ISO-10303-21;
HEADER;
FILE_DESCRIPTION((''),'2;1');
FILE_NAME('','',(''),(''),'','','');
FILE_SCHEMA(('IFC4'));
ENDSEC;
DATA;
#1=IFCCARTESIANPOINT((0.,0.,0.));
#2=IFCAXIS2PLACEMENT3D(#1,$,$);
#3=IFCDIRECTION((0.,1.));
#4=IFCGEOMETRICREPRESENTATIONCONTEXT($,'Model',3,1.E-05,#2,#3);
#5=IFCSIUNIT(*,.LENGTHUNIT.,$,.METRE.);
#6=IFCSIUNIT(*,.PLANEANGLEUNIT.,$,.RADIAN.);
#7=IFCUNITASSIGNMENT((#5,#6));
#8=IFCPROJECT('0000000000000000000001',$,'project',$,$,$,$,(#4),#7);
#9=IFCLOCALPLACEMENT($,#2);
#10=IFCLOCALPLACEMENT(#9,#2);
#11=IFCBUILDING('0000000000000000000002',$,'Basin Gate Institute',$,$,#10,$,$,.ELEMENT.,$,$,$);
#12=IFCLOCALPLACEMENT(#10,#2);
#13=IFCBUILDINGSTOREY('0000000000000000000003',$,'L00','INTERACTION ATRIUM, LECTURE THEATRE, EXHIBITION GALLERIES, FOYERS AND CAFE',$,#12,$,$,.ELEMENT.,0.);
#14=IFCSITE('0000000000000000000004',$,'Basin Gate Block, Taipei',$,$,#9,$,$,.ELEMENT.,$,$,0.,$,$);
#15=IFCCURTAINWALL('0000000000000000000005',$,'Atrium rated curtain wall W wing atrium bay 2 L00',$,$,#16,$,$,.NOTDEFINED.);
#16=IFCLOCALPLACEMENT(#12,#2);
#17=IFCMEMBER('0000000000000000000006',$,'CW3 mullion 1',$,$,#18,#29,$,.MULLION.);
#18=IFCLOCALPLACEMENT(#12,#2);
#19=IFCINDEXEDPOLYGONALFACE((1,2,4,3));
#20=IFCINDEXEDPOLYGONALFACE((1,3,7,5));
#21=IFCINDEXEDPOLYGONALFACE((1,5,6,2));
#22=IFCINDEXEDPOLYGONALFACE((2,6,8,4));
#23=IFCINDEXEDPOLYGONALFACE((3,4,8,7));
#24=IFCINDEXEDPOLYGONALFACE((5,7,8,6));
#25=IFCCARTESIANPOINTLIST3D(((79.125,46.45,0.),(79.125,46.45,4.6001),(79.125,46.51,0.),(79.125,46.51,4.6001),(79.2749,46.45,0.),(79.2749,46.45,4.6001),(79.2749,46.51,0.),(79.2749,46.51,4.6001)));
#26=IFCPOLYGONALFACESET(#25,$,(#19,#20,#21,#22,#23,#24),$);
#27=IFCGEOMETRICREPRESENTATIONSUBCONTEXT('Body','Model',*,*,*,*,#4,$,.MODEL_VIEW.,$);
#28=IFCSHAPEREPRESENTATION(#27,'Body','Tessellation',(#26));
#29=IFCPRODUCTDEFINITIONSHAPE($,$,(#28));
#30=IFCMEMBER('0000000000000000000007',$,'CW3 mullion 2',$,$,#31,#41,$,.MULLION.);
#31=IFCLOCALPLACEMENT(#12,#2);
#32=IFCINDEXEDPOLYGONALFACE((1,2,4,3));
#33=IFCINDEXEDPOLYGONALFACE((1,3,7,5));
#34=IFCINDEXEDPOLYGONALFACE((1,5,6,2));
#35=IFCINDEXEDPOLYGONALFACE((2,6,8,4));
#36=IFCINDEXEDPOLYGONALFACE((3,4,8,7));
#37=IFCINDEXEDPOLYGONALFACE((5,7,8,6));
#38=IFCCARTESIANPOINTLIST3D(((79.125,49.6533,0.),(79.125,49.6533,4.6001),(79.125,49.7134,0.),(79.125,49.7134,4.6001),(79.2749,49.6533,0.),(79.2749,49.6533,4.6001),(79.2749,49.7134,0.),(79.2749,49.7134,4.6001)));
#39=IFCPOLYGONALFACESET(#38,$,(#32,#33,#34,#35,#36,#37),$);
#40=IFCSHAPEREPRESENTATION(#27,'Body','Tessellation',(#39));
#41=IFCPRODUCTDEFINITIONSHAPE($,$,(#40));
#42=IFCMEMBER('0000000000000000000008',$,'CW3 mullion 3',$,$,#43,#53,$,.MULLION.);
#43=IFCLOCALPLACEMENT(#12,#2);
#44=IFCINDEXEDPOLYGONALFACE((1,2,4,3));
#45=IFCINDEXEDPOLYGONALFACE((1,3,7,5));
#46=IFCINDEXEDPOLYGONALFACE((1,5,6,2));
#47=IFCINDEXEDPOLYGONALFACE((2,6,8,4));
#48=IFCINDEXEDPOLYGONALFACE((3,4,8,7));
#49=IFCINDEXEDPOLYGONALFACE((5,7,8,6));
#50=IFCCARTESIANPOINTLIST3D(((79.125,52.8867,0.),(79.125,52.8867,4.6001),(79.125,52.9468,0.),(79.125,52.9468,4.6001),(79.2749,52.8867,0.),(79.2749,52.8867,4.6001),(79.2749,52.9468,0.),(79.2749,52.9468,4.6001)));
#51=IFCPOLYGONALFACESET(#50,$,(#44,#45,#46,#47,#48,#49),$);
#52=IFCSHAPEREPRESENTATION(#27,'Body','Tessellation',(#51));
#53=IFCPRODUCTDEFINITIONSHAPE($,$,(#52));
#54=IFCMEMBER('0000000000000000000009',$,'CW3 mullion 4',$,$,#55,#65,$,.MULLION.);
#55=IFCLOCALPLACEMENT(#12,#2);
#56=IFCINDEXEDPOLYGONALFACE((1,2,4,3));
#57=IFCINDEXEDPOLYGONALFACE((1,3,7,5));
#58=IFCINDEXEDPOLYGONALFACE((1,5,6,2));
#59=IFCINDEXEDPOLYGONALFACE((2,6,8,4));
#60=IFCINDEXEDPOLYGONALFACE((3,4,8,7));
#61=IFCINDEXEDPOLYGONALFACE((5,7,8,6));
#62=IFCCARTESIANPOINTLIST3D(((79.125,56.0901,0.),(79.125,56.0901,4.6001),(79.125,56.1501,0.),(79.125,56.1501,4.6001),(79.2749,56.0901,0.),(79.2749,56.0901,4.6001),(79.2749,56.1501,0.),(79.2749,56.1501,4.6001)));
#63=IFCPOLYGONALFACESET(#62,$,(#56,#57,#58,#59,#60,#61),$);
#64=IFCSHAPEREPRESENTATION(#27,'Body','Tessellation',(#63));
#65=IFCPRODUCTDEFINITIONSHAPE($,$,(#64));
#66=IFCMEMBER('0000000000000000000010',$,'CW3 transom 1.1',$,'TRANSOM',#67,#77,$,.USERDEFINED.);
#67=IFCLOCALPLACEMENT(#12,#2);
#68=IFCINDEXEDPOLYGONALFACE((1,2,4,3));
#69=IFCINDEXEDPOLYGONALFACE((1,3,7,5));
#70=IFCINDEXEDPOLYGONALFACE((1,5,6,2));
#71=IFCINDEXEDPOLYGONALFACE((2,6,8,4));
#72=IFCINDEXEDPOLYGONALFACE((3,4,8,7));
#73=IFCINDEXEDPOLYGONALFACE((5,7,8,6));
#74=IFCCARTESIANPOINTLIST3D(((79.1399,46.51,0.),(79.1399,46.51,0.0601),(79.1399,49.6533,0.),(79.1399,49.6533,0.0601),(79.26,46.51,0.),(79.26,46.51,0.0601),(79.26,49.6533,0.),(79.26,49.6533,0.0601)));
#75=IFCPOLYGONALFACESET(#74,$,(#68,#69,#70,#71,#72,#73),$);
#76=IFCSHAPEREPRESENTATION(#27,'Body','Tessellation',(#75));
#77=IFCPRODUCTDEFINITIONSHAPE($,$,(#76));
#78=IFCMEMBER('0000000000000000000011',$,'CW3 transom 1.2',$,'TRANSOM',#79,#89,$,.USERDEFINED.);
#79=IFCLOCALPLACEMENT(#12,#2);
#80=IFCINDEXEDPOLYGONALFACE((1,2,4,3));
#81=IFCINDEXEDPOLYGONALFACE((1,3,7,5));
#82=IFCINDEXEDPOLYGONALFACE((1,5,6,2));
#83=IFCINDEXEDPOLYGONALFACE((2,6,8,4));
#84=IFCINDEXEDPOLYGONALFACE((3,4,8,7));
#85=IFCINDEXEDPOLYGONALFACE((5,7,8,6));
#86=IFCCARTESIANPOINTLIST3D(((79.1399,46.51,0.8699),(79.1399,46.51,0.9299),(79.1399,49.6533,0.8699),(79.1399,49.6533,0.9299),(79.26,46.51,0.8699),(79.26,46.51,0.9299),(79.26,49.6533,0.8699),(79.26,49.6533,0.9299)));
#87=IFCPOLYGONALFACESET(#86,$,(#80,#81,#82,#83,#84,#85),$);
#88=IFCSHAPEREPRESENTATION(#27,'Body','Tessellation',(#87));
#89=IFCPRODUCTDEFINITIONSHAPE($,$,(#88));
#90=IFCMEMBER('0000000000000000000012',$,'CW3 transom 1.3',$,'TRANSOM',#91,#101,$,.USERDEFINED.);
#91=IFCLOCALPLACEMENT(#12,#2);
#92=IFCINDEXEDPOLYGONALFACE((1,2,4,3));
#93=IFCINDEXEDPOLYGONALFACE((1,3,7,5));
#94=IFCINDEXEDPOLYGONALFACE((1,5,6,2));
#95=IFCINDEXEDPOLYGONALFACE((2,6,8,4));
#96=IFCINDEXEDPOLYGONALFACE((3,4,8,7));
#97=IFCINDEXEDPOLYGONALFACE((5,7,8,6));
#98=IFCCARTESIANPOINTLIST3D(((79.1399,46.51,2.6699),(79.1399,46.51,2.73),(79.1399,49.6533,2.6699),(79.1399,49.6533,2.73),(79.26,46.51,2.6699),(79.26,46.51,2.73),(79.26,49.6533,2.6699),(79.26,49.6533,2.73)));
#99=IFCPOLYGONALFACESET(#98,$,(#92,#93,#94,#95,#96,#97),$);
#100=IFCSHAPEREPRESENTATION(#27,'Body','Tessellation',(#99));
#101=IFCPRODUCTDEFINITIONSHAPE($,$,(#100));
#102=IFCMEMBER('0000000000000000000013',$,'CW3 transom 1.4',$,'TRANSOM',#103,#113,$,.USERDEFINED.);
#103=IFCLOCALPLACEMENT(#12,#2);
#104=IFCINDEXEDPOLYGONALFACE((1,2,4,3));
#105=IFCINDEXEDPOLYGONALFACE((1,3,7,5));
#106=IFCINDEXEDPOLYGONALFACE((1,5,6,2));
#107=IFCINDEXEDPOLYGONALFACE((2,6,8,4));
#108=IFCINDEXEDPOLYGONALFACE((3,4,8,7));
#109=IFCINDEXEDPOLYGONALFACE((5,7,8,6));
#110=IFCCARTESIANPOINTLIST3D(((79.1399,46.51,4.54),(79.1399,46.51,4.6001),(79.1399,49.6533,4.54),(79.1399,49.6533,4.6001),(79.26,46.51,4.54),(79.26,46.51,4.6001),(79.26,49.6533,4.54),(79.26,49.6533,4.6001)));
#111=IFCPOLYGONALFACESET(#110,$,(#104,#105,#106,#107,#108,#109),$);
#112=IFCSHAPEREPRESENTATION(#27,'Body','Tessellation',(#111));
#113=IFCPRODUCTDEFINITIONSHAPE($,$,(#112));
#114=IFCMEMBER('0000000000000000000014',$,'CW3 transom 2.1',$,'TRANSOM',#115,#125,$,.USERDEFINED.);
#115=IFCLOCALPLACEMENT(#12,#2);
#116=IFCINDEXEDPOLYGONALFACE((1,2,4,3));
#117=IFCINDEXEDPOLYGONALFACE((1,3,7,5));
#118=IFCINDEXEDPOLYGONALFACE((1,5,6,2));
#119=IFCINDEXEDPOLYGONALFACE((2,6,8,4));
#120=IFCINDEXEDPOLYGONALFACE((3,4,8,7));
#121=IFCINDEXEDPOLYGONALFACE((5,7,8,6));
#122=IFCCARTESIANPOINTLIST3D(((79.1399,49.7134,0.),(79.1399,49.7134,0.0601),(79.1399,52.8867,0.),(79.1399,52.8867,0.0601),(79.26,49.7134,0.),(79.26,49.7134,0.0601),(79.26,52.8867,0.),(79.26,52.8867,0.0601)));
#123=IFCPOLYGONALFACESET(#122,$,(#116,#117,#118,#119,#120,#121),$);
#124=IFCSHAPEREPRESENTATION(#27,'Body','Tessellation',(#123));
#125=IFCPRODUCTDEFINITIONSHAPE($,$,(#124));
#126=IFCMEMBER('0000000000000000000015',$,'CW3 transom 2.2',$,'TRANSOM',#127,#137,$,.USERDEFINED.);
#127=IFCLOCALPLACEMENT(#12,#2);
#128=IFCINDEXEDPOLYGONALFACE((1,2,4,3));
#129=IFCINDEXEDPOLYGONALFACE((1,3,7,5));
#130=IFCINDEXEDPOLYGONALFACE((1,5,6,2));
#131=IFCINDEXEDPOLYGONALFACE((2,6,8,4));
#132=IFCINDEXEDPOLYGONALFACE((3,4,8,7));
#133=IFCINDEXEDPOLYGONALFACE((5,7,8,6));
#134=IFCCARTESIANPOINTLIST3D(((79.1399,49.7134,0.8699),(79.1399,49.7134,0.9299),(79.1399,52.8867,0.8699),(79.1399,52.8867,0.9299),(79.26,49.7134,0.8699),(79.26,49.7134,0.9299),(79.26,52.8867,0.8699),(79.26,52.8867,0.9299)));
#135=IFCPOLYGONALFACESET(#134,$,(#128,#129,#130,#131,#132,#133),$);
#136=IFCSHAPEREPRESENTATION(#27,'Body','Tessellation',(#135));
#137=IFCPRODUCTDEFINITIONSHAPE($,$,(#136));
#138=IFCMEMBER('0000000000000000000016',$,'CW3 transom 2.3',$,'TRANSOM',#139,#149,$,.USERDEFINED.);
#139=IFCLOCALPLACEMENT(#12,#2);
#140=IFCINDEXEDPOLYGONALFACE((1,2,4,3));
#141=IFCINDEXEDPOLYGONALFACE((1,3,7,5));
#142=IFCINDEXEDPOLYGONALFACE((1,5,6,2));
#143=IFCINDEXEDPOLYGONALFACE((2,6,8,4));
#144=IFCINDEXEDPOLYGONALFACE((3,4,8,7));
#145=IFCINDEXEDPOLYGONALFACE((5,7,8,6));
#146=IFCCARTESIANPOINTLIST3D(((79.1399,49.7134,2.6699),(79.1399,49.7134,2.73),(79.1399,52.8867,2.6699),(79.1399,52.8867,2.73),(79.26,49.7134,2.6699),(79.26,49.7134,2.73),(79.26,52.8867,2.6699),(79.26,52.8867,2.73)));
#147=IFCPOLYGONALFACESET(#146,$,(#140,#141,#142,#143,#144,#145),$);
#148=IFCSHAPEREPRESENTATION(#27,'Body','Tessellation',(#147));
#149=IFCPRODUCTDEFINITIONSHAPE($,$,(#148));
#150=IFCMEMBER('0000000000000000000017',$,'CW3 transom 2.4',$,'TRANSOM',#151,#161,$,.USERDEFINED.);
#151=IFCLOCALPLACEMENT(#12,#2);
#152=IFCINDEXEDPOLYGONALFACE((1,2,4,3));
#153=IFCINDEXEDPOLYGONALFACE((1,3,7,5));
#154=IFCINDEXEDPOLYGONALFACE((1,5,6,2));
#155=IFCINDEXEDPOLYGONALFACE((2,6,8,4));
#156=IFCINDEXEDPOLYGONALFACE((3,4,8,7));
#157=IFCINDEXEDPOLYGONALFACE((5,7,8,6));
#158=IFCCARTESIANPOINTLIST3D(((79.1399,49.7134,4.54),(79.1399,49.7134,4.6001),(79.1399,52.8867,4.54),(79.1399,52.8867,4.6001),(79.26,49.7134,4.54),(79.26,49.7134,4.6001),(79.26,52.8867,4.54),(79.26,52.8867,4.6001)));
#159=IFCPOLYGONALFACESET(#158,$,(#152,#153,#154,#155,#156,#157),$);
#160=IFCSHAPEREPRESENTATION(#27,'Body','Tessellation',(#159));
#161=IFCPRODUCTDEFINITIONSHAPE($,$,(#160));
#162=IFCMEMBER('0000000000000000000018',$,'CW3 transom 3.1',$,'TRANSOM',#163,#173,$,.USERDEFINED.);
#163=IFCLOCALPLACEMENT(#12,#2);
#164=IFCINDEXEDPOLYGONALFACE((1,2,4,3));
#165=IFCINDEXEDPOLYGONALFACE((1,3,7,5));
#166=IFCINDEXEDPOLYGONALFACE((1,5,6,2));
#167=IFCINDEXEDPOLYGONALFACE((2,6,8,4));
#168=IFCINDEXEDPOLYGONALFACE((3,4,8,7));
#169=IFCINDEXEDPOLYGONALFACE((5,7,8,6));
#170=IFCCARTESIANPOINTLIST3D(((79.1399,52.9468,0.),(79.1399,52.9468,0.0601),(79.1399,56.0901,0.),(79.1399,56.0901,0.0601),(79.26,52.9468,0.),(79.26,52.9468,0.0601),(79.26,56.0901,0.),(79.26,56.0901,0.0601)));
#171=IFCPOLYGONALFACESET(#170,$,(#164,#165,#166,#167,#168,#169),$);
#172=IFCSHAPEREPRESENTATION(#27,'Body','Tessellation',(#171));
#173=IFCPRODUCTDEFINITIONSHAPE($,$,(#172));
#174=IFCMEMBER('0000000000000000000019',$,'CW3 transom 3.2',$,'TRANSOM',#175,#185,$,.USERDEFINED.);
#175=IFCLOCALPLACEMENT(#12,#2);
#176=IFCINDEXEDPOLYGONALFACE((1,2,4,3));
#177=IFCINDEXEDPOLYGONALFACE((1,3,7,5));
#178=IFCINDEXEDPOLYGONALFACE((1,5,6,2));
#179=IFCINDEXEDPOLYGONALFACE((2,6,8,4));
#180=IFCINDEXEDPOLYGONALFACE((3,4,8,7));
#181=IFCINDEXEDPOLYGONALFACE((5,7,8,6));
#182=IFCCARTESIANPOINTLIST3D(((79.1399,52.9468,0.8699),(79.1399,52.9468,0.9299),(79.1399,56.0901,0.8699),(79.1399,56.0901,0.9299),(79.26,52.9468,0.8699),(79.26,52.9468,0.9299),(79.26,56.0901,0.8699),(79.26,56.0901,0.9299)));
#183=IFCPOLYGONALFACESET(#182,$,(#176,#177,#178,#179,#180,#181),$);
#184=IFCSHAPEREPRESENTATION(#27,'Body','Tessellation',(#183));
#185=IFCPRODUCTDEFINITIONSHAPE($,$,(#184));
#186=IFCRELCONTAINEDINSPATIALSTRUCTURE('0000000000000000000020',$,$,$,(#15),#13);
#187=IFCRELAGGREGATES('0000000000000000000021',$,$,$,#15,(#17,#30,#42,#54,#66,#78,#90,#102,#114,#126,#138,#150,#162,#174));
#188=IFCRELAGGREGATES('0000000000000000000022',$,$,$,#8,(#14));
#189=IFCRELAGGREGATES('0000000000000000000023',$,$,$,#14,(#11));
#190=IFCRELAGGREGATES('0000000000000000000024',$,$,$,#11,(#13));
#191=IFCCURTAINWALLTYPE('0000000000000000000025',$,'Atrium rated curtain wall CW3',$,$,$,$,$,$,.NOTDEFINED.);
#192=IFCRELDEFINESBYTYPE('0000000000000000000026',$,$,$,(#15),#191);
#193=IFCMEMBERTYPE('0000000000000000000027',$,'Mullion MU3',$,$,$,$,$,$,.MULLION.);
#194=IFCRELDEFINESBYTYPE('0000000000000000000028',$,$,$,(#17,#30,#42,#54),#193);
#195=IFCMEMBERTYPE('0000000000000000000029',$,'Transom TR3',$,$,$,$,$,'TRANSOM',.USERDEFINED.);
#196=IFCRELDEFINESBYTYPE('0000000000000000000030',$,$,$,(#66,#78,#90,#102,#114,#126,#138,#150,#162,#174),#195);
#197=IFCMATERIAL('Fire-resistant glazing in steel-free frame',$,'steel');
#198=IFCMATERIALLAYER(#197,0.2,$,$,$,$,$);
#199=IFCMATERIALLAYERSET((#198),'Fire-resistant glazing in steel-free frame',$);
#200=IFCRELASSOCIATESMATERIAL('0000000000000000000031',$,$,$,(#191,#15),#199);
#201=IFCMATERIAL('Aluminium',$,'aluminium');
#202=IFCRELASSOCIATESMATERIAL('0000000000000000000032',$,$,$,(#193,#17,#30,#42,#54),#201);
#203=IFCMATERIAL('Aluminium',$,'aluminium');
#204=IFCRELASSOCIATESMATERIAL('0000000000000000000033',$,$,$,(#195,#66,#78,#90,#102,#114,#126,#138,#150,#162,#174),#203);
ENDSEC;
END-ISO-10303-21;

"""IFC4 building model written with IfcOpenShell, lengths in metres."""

from ifc_helpers import new_model, si_unit, direction, frame, origin, origin_2d, place, context, subcontext, project, spatial, rectangle, extrude, material, layer, layer_set, material_profile, profile_set, type_object, element, aggregate, save


model = new_model("IFC4")

# Units and contexts
model_context = context("Model", 3, precision=1e-05, world=origin(), true_north=direction((0.0, 1.0)))
body_context = subcontext(model_context, "Body", "Model", "MODEL_VIEW")
ifc_project = project(units=[si_unit("LENGTHUNIT", "METRE"), si_unit("PLANEANGLEUNIT", "RADIAN")], contexts=[model_context])

# Site, building, storey
site_placement = place(None, origin())
site = spatial("IfcSite", under=ifc_project, at=site_placement, Name="Basin Gate Block, Taipei", CompositionType="ELEMENT", RefElevation=0.0)
building_placement = place(site_placement, origin())
building = spatial("IfcBuilding", under=site, at=building_placement, Name="Basin Gate Institute", CompositionType="ELEMENT")
storey_placement = place(building_placement, origin())
storey = spatial("IfcBuildingStorey", under=building, at=storey_placement, Name="L00", Description="INTERACTION ATRIUM, LECTURE THEATRE, EXHIBITION GALLERIES, FOYERS AND CAFE", CompositionType="ELEMENT", Elevation=0.0)

# Curtain wall, members
ifc_material_1 = material(Name="Fire-resistant glazing in steel-free frame", Category="steel")
ifc_layer_1 = layer(ifc_material_1, 0.2)
ifc_layer_set_1 = layer_set([ifc_layer_1], Name="Fire-resistant glazing in steel-free frame")
curtain_wall_type = type_object("IfcCurtainWallType", Name="Atrium rated curtain wall CW3", PredefinedType="NOTDEFINED", material=ifc_layer_set_1)
curtain_wall_placement = place(storey_placement, origin())
curtain_wall = element("IfcCurtainWall", 1, at=curtain_wall_placement, inside=storey, type_object=curtain_wall_type, material=ifc_layer_set_1, Name="Atrium rated curtain wall W wing atrium bay 2 L00", PredefinedType="NOTDEFINED")
ifc_material_2 = material(Name="Aluminium", Category="aluminium")
ifc_material_profile_1 = material_profile(ifc_material_2, rectangle(XDim=0.1499, YDim=0.0601, at=origin_2d()), Name="Mullion MU3 150 x 60")
ifc_profile_set_1 = profile_set([ifc_material_profile_1], Name="Aluminium")
member_type_1 = type_object("IfcMemberType", Name="Mullion MU3", PredefinedType="MULLION", material=ifc_profile_set_1)
member_1_placement = place(storey_placement, frame((79.2, 46.48, 0.0), z_axis=(0.0, 0.0, 1.0), x_axis=(-1.0, 0.0, 0.0)))
member_1 = element("IfcMember", 2, at=member_1_placement, type_object=member_type_1, material=ifc_profile_set_1, Name="CW3 mullion 1", PredefinedType="MULLION", context=body_context, shape_type="SweptSolid", body=[
    extrude(rectangle(XDim=0.1499, YDim=0.0601, at=origin_2d()), origin(), (0.0, 0.0, 1.0), 4.6001),
])
member_2_placement = place(storey_placement, frame((79.2, 49.6833, 0.0), z_axis=(0.0, 0.0, 1.0), x_axis=(-1.0, 0.0, 0.0)))
member_2 = element("IfcMember", 3, at=member_2_placement, type_object=member_type_1, material=ifc_profile_set_1, Name="CW3 mullion 2", PredefinedType="MULLION", context=body_context, shape_type="SweptSolid", body=[
    extrude(rectangle(XDim=0.1499, YDim=0.0601, at=origin_2d()), origin(), (0.0, 0.0, 1.0), 4.6001),
])
member_3_placement = place(storey_placement, frame((79.2, 52.9167, 0.0), z_axis=(0.0, 0.0, 1.0), x_axis=(-1.0, 0.0, 0.0)))
member_3 = element("IfcMember", 4, at=member_3_placement, type_object=member_type_1, material=ifc_profile_set_1, Name="CW3 mullion 3", PredefinedType="MULLION", context=body_context, shape_type="SweptSolid", body=[
    extrude(rectangle(XDim=0.1499, YDim=0.0601, at=origin_2d()), origin(), (0.0, 0.0, 1.0), 4.6001),
])
member_4_placement = place(storey_placement, frame((79.2, 56.1201, 0.0), z_axis=(0.0, 0.0, 1.0), x_axis=(-1.0, 0.0, 0.0)))
member_4 = element("IfcMember", 5, at=member_4_placement, type_object=member_type_1, material=ifc_profile_set_1, Name="CW3 mullion 4", PredefinedType="MULLION", context=body_context, shape_type="SweptSolid", body=[
    extrude(rectangle(XDim=0.1499, YDim=0.0601, at=origin_2d()), origin(), (0.0, 0.0, 1.0), 4.6001),
])
ifc_material_3 = material(Name="Aluminium", Category="aluminium")
ifc_material_profile_2 = material_profile(ifc_material_3, rectangle(XDim=0.1201, YDim=0.0601, at=origin_2d()), Name="Transom TR3 120 x 60")
ifc_profile_set_2 = profile_set([ifc_material_profile_2], Name="Aluminium")
member_type_2 = type_object("IfcMemberType", Name="Transom TR3", ElementType="TRANSOM", PredefinedType="USERDEFINED", material=ifc_profile_set_2)
member_5_placement = place(storey_placement, frame((79.2, 46.51, 0.03), z_axis=(0.0, 1.0, 0.0), x_axis=(-1.0, 0.0, 0.0)))
member_5 = element("IfcMember", 6, at=member_5_placement, type_object=member_type_2, material=ifc_profile_set_2, Name="CW3 transom 1.1", ObjectType="TRANSOM", PredefinedType="USERDEFINED", context=body_context, shape_type="SweptSolid", body=[
    extrude(rectangle(XDim=0.1201, YDim=0.0601, at=origin_2d()), origin(), (0.0, 0.0, 1.0), 3.1433),
])
member_6_placement = place(storey_placement, frame((79.2, 46.51, 0.8999), z_axis=(0.0, 1.0, 0.0), x_axis=(-1.0, 0.0, 0.0)))
member_6 = element("IfcMember", 7, at=member_6_placement, type_object=member_type_2, material=ifc_profile_set_2, Name="CW3 transom 1.2", ObjectType="TRANSOM", PredefinedType="USERDEFINED", context=body_context, shape_type="SweptSolid", body=[
    extrude(rectangle(XDim=0.1201, YDim=0.0601, at=origin_2d()), origin(), (0.0, 0.0, 1.0), 3.1433),
])
member_7_placement = place(storey_placement, frame((79.2, 46.51, 2.7), z_axis=(0.0, 1.0, 0.0), x_axis=(-1.0, 0.0, 0.0)))
member_7 = element("IfcMember", 8, at=member_7_placement, type_object=member_type_2, material=ifc_profile_set_2, Name="CW3 transom 1.3", ObjectType="TRANSOM", PredefinedType="USERDEFINED", context=body_context, shape_type="SweptSolid", body=[
    extrude(rectangle(XDim=0.1201, YDim=0.0601, at=origin_2d()), origin(), (0.0, 0.0, 1.0), 3.1433),
])
member_8_placement = place(storey_placement, frame((79.2, 46.51, 4.5701), z_axis=(0.0, 1.0, 0.0), x_axis=(-1.0, 0.0, 0.0)))
member_8 = element("IfcMember", 9, at=member_8_placement, type_object=member_type_2, material=ifc_profile_set_2, Name="CW3 transom 1.4", ObjectType="TRANSOM", PredefinedType="USERDEFINED", context=body_context, shape_type="SweptSolid", body=[
    extrude(rectangle(XDim=0.1201, YDim=0.0601, at=origin_2d()), origin(), (0.0, 0.0, 1.0), 3.1433),
])
member_9_placement = place(storey_placement, frame((79.2, 49.7134, 0.03), z_axis=(0.0, 1.0, 0.0), x_axis=(-1.0, 0.0, 0.0)))
member_9 = element("IfcMember", 10, at=member_9_placement, type_object=member_type_2, material=ifc_profile_set_2, Name="CW3 transom 2.1", ObjectType="TRANSOM", PredefinedType="USERDEFINED", context=body_context, shape_type="SweptSolid", body=[
    extrude(rectangle(XDim=0.1201, YDim=0.0601, at=origin_2d()), origin(), (0.0, 0.0, 1.0), 3.1733),
])
member_10_placement = place(storey_placement, frame((79.2, 49.7134, 0.8999), z_axis=(0.0, 1.0, 0.0), x_axis=(-1.0, 0.0, 0.0)))
member_10 = element("IfcMember", 11, at=member_10_placement, type_object=member_type_2, material=ifc_profile_set_2, Name="CW3 transom 2.2", ObjectType="TRANSOM", PredefinedType="USERDEFINED", context=body_context, shape_type="SweptSolid", body=[
    extrude(rectangle(XDim=0.1201, YDim=0.0601, at=origin_2d()), origin(), (0.0, 0.0, 1.0), 3.1733),
])
member_11_placement = place(storey_placement, frame((79.2, 49.7134, 2.7), z_axis=(0.0, 1.0, 0.0), x_axis=(-1.0, 0.0, 0.0)))
member_11 = element("IfcMember", 12, at=member_11_placement, type_object=member_type_2, material=ifc_profile_set_2, Name="CW3 transom 2.3", ObjectType="TRANSOM", PredefinedType="USERDEFINED", context=body_context, shape_type="SweptSolid", body=[
    extrude(rectangle(XDim=0.1201, YDim=0.0601, at=origin_2d()), origin(), (0.0, 0.0, 1.0), 3.1733),
])
member_12_placement = place(storey_placement, frame((79.2, 49.7134, 4.5701), z_axis=(0.0, 1.0, 0.0), x_axis=(-1.0, 0.0, 0.0)))
member_12 = element("IfcMember", 13, at=member_12_placement, type_object=member_type_2, material=ifc_profile_set_2, Name="CW3 transom 2.4", ObjectType="TRANSOM", PredefinedType="USERDEFINED", context=body_context, shape_type="SweptSolid", body=[
    extrude(rectangle(XDim=0.1201, YDim=0.0601, at=origin_2d()), origin(), (0.0, 0.0, 1.0), 3.1733),
])
member_13_placement = place(storey_placement, frame((79.2, 52.9468, 0.03), z_axis=(0.0, 1.0, 0.0), x_axis=(-1.0, 0.0, 0.0)))
member_13 = element("IfcMember", 14, at=member_13_placement, type_object=member_type_2, material=ifc_profile_set_2, Name="CW3 transom 3.1", ObjectType="TRANSOM", PredefinedType="USERDEFINED", context=body_context, shape_type="SweptSolid", body=[
    extrude(rectangle(XDim=0.1201, YDim=0.0601, at=origin_2d()), origin(), (0.0, 0.0, 1.0), 3.1433),
])
member_14_placement = place(storey_placement, frame((79.2, 52.9468, 0.8999), z_axis=(0.0, 1.0, 0.0), x_axis=(-1.0, 0.0, 0.0)))
member_14 = element("IfcMember", 15, at=member_14_placement, type_object=member_type_2, material=ifc_profile_set_2, Name="CW3 transom 3.2", ObjectType="TRANSOM", PredefinedType="USERDEFINED", context=body_context, shape_type="SweptSolid", body=[
    extrude(rectangle(XDim=0.1201, YDim=0.0601, at=origin_2d()), origin(), (0.0, 0.0, 1.0), 3.1433),
])
aggregate(curtain_wall, [member_1, member_2, member_3, member_4, member_5, member_6, member_7, member_8, member_9, member_10, member_11, member_12, member_13, member_14])

save(model, "model.ifc")
